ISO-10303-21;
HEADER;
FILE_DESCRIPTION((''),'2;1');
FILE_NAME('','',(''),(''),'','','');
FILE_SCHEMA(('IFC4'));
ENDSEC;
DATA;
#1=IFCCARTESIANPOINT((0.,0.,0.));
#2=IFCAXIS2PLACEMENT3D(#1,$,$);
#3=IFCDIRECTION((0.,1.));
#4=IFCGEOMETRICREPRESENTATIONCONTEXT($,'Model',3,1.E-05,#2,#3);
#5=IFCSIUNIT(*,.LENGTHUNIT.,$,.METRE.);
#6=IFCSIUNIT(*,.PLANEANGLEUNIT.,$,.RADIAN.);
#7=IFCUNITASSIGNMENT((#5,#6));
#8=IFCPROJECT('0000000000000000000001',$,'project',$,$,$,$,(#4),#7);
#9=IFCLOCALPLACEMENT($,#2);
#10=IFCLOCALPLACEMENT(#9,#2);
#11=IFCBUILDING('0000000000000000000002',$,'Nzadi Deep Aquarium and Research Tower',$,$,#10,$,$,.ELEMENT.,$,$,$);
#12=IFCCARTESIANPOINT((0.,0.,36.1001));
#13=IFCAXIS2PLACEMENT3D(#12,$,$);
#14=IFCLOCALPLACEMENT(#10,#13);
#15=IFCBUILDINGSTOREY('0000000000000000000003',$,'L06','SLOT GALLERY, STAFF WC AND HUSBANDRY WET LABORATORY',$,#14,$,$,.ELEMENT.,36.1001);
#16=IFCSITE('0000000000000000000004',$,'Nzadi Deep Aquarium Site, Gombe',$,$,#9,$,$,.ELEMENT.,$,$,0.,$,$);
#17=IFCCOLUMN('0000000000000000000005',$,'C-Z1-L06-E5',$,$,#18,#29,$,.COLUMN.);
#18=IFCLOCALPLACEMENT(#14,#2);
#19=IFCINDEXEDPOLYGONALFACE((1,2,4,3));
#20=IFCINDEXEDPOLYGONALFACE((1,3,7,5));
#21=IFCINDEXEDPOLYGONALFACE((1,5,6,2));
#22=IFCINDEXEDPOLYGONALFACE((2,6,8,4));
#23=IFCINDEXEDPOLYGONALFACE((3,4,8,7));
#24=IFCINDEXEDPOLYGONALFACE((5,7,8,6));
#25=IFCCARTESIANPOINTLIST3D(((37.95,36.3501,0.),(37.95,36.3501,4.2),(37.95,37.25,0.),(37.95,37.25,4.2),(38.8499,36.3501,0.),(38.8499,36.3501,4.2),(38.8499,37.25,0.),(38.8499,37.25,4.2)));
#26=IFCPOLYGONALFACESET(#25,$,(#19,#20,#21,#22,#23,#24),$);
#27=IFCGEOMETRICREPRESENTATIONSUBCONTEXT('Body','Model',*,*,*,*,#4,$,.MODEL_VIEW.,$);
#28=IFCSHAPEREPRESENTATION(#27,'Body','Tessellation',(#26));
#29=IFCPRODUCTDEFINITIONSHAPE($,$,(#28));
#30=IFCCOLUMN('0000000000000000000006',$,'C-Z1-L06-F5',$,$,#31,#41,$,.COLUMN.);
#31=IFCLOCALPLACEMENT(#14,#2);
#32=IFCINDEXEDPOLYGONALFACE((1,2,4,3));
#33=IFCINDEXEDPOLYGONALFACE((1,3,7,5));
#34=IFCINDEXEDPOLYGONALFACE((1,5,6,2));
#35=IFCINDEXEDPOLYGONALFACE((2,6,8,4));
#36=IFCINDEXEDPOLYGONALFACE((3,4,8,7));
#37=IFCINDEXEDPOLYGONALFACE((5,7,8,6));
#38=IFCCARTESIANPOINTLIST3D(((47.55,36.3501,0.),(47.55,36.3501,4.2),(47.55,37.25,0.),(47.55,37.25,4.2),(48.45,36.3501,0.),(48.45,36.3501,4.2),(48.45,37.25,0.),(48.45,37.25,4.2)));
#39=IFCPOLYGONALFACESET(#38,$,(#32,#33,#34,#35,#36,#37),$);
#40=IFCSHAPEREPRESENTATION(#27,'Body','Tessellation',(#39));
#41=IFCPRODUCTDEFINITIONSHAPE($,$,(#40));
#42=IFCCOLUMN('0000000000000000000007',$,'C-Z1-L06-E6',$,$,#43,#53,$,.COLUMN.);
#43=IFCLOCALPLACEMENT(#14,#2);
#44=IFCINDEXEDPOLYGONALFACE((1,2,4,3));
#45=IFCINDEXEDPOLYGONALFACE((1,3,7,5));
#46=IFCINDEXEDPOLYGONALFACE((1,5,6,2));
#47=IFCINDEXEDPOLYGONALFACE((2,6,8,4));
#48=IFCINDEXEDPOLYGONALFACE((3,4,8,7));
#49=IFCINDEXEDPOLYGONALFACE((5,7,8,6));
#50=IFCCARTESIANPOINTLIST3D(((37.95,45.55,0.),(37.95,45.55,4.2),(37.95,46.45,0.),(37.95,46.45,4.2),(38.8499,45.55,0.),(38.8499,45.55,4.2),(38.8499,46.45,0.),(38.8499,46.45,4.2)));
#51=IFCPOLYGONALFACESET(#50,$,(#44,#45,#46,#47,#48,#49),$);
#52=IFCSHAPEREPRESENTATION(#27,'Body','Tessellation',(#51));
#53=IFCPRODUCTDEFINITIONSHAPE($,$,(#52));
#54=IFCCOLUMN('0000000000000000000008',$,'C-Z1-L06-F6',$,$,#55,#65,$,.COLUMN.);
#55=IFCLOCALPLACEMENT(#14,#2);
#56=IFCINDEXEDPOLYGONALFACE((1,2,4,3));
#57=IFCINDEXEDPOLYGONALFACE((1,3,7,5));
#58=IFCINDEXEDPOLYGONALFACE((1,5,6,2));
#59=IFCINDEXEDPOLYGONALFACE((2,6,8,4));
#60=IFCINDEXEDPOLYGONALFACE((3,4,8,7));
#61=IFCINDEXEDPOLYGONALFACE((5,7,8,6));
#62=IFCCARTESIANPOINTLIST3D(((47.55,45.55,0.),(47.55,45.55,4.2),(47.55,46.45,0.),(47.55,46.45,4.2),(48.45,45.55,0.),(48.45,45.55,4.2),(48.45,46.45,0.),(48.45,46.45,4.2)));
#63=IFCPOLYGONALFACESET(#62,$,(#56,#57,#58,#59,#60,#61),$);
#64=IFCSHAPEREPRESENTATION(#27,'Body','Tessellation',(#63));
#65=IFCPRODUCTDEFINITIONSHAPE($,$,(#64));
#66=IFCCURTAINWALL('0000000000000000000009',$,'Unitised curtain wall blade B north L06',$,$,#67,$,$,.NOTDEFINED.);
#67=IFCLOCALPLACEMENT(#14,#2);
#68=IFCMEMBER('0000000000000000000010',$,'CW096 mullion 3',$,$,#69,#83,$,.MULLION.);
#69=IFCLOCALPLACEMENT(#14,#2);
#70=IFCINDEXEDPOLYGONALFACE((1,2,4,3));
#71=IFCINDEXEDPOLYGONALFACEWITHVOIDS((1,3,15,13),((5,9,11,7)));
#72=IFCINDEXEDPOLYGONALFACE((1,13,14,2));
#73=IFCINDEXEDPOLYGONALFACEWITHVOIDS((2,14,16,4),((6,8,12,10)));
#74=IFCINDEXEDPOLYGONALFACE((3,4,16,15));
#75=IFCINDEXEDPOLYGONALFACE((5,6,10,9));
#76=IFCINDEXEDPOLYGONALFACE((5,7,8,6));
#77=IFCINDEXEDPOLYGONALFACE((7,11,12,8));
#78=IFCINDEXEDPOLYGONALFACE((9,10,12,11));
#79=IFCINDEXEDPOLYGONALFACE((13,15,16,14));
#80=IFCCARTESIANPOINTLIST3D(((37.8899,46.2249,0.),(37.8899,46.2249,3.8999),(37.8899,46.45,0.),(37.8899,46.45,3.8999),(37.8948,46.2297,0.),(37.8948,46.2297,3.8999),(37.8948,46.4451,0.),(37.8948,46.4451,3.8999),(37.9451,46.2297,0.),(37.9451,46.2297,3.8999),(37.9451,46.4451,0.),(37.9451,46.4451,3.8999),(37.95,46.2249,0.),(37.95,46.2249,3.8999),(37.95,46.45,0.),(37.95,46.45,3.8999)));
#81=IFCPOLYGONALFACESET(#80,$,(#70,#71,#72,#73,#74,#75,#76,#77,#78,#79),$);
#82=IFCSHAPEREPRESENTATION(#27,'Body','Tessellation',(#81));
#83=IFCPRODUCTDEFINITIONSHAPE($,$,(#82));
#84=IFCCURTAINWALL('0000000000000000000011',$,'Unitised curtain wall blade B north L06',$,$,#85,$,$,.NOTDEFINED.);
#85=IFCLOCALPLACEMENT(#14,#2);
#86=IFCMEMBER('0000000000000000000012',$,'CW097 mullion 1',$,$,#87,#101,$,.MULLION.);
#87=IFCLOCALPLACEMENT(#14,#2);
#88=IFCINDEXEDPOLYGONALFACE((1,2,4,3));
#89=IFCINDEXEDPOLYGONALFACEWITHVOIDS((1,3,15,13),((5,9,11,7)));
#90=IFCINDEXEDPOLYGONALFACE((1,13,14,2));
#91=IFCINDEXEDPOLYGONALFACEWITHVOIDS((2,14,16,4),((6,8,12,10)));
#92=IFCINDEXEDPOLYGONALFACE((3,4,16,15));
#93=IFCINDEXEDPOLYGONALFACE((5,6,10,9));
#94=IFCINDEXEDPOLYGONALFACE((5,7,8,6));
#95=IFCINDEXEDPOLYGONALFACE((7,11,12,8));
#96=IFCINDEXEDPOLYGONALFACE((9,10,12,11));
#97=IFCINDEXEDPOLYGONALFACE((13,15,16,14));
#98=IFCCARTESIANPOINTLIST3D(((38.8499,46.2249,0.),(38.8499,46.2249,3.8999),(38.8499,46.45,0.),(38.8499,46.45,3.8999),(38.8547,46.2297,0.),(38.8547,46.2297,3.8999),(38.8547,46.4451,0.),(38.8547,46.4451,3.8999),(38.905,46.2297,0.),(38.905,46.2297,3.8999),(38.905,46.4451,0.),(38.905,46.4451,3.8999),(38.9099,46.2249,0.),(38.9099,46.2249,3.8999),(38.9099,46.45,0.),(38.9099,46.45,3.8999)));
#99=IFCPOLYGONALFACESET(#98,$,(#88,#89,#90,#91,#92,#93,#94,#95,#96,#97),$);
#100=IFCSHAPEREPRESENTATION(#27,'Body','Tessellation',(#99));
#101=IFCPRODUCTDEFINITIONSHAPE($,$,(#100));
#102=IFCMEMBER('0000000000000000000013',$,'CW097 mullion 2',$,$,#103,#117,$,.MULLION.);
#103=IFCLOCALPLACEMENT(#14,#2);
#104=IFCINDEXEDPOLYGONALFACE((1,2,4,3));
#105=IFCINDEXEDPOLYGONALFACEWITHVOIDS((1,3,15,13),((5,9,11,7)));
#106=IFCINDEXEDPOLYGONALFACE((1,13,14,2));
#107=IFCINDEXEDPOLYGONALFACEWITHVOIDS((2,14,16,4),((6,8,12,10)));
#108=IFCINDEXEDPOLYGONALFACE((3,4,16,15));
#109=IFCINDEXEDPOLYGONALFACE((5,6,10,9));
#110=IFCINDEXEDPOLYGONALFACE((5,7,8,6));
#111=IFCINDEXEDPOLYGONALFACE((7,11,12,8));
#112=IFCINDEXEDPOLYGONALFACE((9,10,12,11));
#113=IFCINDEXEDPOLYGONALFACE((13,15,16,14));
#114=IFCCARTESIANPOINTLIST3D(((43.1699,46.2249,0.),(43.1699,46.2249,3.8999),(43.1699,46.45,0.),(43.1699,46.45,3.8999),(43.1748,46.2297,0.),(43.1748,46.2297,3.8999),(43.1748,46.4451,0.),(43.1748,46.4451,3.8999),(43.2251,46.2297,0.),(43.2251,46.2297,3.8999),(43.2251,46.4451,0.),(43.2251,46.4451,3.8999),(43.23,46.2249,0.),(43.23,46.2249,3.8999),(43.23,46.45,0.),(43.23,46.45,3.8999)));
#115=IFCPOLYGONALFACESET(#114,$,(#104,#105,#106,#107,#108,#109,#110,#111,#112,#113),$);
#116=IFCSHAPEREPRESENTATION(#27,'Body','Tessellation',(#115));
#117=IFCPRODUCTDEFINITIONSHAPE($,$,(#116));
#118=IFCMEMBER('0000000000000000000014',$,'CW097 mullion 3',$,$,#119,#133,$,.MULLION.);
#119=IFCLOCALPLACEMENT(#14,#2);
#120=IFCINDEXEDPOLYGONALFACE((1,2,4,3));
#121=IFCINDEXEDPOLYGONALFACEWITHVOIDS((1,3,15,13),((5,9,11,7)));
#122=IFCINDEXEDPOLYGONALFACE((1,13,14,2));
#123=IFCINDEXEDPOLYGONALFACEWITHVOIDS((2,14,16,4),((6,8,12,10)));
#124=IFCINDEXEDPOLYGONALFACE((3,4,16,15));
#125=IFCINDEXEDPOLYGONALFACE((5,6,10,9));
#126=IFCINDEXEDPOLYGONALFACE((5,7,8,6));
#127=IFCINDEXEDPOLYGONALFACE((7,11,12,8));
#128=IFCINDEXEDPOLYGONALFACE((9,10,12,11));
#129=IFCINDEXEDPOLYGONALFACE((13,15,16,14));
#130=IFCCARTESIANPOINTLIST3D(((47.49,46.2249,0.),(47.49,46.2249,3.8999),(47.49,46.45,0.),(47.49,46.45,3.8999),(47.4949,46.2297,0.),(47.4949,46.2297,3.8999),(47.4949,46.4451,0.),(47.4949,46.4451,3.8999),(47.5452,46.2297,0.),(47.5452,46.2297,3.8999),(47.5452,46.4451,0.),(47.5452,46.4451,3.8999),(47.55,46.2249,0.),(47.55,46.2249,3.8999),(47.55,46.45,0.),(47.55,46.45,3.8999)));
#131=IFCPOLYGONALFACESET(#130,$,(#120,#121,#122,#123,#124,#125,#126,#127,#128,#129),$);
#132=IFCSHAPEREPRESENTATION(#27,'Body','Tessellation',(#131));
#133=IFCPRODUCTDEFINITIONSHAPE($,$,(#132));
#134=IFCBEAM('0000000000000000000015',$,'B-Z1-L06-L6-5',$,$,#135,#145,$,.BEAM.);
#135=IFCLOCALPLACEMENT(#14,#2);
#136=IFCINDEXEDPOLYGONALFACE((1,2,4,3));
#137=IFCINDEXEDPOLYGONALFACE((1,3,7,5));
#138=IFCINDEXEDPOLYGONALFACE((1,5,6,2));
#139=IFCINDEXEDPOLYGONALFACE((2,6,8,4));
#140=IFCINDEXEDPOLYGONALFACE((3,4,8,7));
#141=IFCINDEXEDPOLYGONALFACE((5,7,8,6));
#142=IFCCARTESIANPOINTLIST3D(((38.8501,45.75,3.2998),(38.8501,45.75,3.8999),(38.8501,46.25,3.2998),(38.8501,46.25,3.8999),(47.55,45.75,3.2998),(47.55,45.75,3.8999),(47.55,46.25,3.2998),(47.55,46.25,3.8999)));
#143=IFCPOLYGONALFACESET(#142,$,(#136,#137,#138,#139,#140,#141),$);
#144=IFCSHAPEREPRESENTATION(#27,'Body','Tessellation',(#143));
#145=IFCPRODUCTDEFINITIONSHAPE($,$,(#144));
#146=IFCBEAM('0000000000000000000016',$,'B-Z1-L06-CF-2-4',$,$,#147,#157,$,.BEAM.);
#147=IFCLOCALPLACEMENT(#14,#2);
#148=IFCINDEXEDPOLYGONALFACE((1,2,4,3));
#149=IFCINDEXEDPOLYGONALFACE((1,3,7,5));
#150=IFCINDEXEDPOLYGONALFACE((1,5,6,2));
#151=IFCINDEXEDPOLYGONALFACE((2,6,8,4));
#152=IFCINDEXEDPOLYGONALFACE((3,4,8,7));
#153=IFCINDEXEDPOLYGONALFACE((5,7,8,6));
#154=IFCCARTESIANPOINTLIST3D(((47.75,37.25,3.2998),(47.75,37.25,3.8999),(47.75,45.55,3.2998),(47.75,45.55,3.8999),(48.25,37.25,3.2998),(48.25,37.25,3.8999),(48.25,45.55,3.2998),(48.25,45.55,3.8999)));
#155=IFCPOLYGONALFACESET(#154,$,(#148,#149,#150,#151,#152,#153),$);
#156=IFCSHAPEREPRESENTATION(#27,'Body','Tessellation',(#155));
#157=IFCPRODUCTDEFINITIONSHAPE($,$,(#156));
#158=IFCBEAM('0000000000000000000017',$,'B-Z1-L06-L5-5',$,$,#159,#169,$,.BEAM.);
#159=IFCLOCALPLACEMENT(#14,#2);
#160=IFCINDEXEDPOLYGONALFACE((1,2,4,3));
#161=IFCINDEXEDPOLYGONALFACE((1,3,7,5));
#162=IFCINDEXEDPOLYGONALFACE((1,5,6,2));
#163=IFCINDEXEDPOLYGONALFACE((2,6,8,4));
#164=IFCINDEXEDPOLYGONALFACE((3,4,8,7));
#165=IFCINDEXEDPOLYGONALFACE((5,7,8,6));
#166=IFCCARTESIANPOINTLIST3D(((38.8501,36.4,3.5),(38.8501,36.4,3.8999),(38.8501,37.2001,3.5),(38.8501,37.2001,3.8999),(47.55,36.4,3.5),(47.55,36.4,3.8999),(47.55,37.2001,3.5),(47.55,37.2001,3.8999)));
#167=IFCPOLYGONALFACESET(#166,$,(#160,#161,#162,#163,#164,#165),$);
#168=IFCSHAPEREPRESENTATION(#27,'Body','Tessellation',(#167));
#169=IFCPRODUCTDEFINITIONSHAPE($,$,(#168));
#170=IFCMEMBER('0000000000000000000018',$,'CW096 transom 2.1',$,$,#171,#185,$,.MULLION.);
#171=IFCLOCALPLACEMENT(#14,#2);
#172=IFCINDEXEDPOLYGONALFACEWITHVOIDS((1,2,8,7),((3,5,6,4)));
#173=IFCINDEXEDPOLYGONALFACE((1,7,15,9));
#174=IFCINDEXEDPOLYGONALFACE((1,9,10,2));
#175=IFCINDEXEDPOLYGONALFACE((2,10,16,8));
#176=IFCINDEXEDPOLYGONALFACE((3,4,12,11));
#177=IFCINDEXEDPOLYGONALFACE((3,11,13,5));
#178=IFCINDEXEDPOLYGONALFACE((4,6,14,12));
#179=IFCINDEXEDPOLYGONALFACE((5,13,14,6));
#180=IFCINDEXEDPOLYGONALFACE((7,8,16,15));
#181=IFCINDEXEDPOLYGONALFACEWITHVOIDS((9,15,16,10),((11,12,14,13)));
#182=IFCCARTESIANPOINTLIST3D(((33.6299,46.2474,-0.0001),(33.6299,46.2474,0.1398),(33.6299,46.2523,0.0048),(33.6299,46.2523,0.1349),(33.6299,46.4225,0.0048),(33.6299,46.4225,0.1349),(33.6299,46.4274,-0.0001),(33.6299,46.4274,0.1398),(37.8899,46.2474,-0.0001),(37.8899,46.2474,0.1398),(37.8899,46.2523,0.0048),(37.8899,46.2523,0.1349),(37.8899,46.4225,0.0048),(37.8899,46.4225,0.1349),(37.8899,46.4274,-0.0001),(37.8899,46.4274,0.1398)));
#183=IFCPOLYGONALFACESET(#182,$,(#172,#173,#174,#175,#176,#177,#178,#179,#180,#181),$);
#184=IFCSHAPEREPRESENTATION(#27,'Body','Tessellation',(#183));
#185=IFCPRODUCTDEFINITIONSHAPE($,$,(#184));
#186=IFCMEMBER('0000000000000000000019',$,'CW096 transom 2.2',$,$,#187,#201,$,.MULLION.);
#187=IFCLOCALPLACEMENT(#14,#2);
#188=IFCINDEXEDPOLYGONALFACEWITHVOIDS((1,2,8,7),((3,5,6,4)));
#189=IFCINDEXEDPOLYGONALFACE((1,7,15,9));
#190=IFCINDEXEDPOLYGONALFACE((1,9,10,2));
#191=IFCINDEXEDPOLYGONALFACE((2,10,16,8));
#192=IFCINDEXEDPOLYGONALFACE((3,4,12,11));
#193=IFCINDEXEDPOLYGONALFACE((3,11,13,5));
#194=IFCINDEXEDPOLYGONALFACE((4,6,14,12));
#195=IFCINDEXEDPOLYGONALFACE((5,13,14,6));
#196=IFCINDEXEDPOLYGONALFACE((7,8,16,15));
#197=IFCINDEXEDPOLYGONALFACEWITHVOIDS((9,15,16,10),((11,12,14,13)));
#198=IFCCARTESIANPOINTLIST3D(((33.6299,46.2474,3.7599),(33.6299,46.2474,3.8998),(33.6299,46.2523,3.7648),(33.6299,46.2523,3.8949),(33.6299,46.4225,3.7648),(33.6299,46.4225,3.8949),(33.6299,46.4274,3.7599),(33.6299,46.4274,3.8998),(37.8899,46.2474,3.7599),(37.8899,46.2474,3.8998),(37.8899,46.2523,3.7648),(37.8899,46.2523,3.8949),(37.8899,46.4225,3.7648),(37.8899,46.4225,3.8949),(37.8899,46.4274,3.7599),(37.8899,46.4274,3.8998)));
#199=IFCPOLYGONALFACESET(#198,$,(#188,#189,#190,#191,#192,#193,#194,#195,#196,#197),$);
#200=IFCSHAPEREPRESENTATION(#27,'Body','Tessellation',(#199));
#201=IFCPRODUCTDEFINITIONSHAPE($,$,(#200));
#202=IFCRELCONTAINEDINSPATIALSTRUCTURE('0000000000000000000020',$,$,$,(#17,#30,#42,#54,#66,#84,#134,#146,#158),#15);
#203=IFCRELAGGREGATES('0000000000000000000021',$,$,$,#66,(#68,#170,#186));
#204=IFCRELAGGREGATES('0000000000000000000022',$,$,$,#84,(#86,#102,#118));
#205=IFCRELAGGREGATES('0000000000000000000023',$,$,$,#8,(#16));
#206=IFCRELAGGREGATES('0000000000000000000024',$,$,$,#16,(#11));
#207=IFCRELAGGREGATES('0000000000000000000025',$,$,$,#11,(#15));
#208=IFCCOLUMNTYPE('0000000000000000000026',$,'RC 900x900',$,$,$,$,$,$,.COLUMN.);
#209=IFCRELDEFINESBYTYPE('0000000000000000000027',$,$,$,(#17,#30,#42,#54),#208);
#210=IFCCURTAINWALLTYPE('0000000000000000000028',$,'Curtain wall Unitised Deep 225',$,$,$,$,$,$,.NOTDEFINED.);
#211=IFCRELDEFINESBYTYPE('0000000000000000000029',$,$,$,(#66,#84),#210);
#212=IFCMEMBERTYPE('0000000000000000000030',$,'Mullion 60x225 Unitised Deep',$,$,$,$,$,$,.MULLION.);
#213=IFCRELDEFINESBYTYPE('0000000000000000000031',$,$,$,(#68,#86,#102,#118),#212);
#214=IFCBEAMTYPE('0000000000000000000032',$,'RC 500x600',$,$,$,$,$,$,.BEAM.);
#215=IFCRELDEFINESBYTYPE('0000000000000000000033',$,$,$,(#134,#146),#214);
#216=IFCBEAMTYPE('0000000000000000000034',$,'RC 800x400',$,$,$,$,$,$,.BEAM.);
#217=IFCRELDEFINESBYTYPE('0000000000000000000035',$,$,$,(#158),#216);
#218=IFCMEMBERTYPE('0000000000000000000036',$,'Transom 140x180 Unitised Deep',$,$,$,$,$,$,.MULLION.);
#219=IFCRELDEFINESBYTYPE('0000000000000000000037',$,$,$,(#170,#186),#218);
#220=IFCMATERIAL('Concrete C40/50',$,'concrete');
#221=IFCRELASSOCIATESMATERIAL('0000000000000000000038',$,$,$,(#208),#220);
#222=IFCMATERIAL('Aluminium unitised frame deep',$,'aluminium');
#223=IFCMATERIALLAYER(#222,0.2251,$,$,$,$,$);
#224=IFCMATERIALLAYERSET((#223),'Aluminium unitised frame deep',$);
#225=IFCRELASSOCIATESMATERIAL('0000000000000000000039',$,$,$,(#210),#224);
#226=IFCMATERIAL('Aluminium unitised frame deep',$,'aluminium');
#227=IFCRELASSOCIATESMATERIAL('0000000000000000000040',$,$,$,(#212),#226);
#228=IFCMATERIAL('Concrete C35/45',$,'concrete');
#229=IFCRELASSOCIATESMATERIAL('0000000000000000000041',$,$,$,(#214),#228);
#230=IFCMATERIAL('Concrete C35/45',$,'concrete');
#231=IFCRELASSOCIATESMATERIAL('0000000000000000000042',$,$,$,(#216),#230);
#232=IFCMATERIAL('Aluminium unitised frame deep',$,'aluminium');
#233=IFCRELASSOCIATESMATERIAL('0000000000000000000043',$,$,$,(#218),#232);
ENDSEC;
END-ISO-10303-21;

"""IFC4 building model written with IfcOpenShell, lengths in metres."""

from ifc_helpers import new_model, si_unit, direction, frame, origin, origin_2d, place, context, subcontext, project, spatial, rectangle, hollow_rectangle, extrude, material, layer, layer_set, material_profile, profile_set, type_object, element, aggregate, save


model = new_model("IFC4")

# Units and contexts
model_context = context("Model", 3, precision=1e-05, world=origin(), true_north=direction((0.0, 1.0)))
body_context = subcontext(model_context, "Body", "Model", "MODEL_VIEW")
ifc_project = project(units=[si_unit("LENGTHUNIT", "METRE"), si_unit("PLANEANGLEUNIT", "RADIAN")], contexts=[model_context])

# Site, building, storey
site_placement = place(None, origin())
site = spatial("IfcSite", under=ifc_project, at=site_placement, Name="Nzadi Deep Aquarium Site, Gombe", CompositionType="ELEMENT", RefElevation=0.0)
building_placement = place(site_placement, origin())
building = spatial("IfcBuilding", under=site, at=building_placement, Name="Nzadi Deep Aquarium and Research Tower", CompositionType="ELEMENT")
storey_placement = place(building_placement, frame((0.0, 0.0, 36.1001)))
storey = spatial("IfcBuildingStorey", under=building, at=storey_placement, Name="L06", Description="SLOT GALLERY, STAFF WC AND HUSBANDRY WET LABORATORY", CompositionType="ELEMENT", Elevation=36.1001)

# Columns
ifc_material_1 = material(Name="Concrete C40/50", Category="concrete")
ifc_material_profile_1 = material_profile(ifc_material_1, rectangle(XDim=0.8999, YDim=0.8999, at=origin_2d()))
ifc_profile_set_1 = profile_set([ifc_material_profile_1], Name="Concrete C40/50")
column_type = type_object("IfcColumnType", Name="RC 900x900", PredefinedType="COLUMN", material=ifc_profile_set_1)
for number, where, z_axis, x_axis, name in (
    (1, (38.3999, 36.8, 0.0), (0.0, 0.0, 1.0), (1.0, 0.0, 0.0), "C-Z1-L06-E5"),
    (2, (48.0, 36.8, 0.0), (0.0, 0.0, 1.0), (1.0, 0.0, 0.0), "C-Z1-L06-F5"),
    (3, (38.3999, 46.0, 0.0), (0.0, 0.0, 1.0), (1.0, 0.0, 0.0), "C-Z1-L06-E6"),
    (4, (48.0, 46.0, 0.0), (0.0, 0.0, 1.0), (1.0, 0.0, 0.0), "C-Z1-L06-F6"),
):
    element("IfcColumn", number, at=place(storey_placement, frame(where, z_axis=z_axis, x_axis=x_axis)), inside=storey, type_object=column_type, Name=name, PredefinedType="COLUMN", context=body_context, shape_type="SweptSolid", body=[
        extrude(rectangle(XDim=0.8999, YDim=0.8999, at=origin_2d()), origin(), (0.0, 0.0, 1.0), 4.2),
    ])

# Curtain wall, member
ifc_material_2 = material(Name="Aluminium unitised frame deep", Category="aluminium")
ifc_layer_1 = layer(ifc_material_2, 0.2251)
ifc_layer_set_1 = layer_set([ifc_layer_1], Name="Aluminium unitised frame deep")
curtain_wall_type = type_object("IfcCurtainWallType", Name="Curtain wall Unitised Deep 225", PredefinedType="NOTDEFINED", material=ifc_layer_set_1)
curtain_wall_1_placement = place(storey_placement, origin())
curtain_wall_1 = element("IfcCurtainWall", 5, at=curtain_wall_1_placement, inside=storey, type_object=curtain_wall_type, Name="Unitised curtain wall blade B north L06", PredefinedType="NOTDEFINED")
ifc_material_3 = material(Name="Aluminium unitised frame deep", Category="aluminium")
ifc_material_profile_2 = material_profile(ifc_material_3, hollow_rectangle(XDim=0.2251, YDim=0.0601, WallThickness=0.0049, at=origin_2d()))
ifc_profile_set_2 = profile_set([ifc_material_profile_2], Name="Aluminium unitised frame deep")
member_type_1 = type_object("IfcMemberType", Name="Mullion 60x225 Unitised Deep", PredefinedType="MULLION", material=ifc_profile_set_2)
member_1_placement = place(storey_placement, frame((37.9199, 46.3374, 0.0), z_axis=(0.0, 0.0, 1.0), x_axis=(0.0, 1.0, 0.0)))
member_1 = element("IfcMember", 6, at=member_1_placement, type_object=member_type_1, Name="CW096 mullion 3", PredefinedType="MULLION", context=body_context, shape_type="SweptSolid", body=[
    extrude(hollow_rectangle(XDim=0.2251, YDim=0.0601, WallThickness=0.0049, at=origin_2d()), origin(), (0.0, 0.0, 1.0), 3.8999),
])

# Curtain wall, members
curtain_wall_2_placement = place(storey_placement, origin())
curtain_wall_2 = element("IfcCurtainWall", 7, at=curtain_wall_2_placement, inside=storey, type_object=curtain_wall_type, Name="Unitised curtain wall blade B north L06", PredefinedType="NOTDEFINED")
member_2_placement = place(storey_placement, frame((38.8799, 46.3374, 0.0), z_axis=(0.0, 0.0, 1.0), x_axis=(0.0, 1.0, 0.0)))
member_2 = element("IfcMember", 8, at=member_2_placement, type_object=member_type_1, Name="CW097 mullion 1", PredefinedType="MULLION", context=body_context, shape_type="SweptSolid", body=[
    extrude(hollow_rectangle(XDim=0.2251, YDim=0.0601, WallThickness=0.0049, at=origin_2d()), origin(), (0.0, 0.0, 1.0), 3.8999),
])
member_3_placement = place(storey_placement, frame((43.2, 46.3374, 0.0), z_axis=(0.0, 0.0, 1.0), x_axis=(0.0, 1.0, 0.0)))
member_3 = element("IfcMember", 9, at=member_3_placement, type_object=member_type_1, Name="CW097 mullion 2", PredefinedType="MULLION", context=body_context, shape_type="SweptSolid", body=[
    extrude(hollow_rectangle(XDim=0.2251, YDim=0.0601, WallThickness=0.0049, at=origin_2d()), origin(), (0.0, 0.0, 1.0), 3.8999),
])
member_4_placement = place(storey_placement, frame((47.52, 46.3374, 0.0), z_axis=(0.0, 0.0, 1.0), x_axis=(0.0, 1.0, 0.0)))
member_4 = element("IfcMember", 10, at=member_4_placement, type_object=member_type_1, Name="CW097 mullion 3", PredefinedType="MULLION", context=body_context, shape_type="SweptSolid", body=[
    extrude(hollow_rectangle(XDim=0.2251, YDim=0.0601, WallThickness=0.0049, at=origin_2d()), origin(), (0.0, 0.0, 1.0), 3.8999),
])

# Beams
ifc_material_4 = material(Name="Concrete C35/45", Category="concrete")
ifc_material_profile_3 = material_profile(ifc_material_4, rectangle(XDim=0.5, YDim=0.6001, at=origin_2d()))
ifc_profile_set_3 = profile_set([ifc_material_profile_3], Name="Concrete C35/45")
beam_type_1 = type_object("IfcBeamType", Name="RC 500x600", PredefinedType="BEAM", material=ifc_profile_set_3)
beam_1_placement = place(storey_placement, frame((38.8501, 46.0, 3.5999), z_axis=(1.0, 0.0, 0.0), x_axis=(0.0, 1.0, 0.0)))
element("IfcBeam", 11, at=beam_1_placement, inside=storey, type_object=beam_type_1, Name="B-Z1-L06-L6-5", PredefinedType="BEAM", context=body_context, shape_type="SweptSolid", body=[
    extrude(rectangle(XDim=0.5, YDim=0.6001, at=origin_2d()), origin(), (0.0, 0.0, 1.0), 8.7),
])
beam_2_placement = place(storey_placement, frame((48.0, 37.25, 3.5999), z_axis=(0.0, 1.0, 0.0), x_axis=(-1.0, 0.0, 0.0)))
element("IfcBeam", 12, at=beam_2_placement, inside=storey, type_object=beam_type_1, Name="B-Z1-L06-CF-2-4", PredefinedType="BEAM", context=body_context, shape_type="SweptSolid", body=[
    extrude(rectangle(XDim=0.5, YDim=0.6001, at=origin_2d()), origin(), (0.0, 0.0, 1.0), 8.3),
])
ifc_material_5 = material(Name="Concrete C35/45", Category="concrete")
ifc_material_profile_4 = material_profile(ifc_material_5, rectangle(XDim=0.8, YDim=0.3999, at=origin_2d()))
ifc_profile_set_4 = profile_set([ifc_material_profile_4], Name="Concrete C35/45")
beam_type_2 = type_object("IfcBeamType", Name="RC 800x400", PredefinedType="BEAM", material=ifc_profile_set_4)
beam_3_placement = place(storey_placement, frame((38.8501, 36.8, 3.7), z_axis=(1.0, 0.0, 0.0), x_axis=(0.0, 1.0, 0.0)))
element("IfcBeam", 13, at=beam_3_placement, inside=storey, type_object=beam_type_2, Name="B-Z1-L06-L5-5", PredefinedType="BEAM", context=body_context, shape_type="SweptSolid", body=[
    extrude(rectangle(XDim=0.8, YDim=0.3999, at=origin_2d()), origin(), (0.0, 0.0, 1.0), 8.7),
])

# Members
ifc_material_6 = material(Name="Aluminium unitised frame deep", Category="aluminium")
ifc_material_profile_5 = material_profile(ifc_material_6, hollow_rectangle(XDim=0.1799, YDim=0.1399, WallThickness=0.0049, at=origin_2d()))
ifc_profile_set_5 = profile_set([ifc_material_profile_5], Name="Aluminium unitised frame deep")
member_type_2 = type_object("IfcMemberType", Name="Transom 140x180 Unitised Deep", PredefinedType="MULLION", material=ifc_profile_set_5)
member_5_placement = place(storey_placement, frame((33.6299, 46.3374, 0.0698), z_axis=(1.0, 0.0, 0.0), x_axis=(0.0, 1.0, 0.0)))
member_5 = element("IfcMember", 14, at=member_5_placement, type_object=member_type_2, Name="CW096 transom 2.1", PredefinedType="MULLION", context=body_context, shape_type="SweptSolid", body=[
    extrude(hollow_rectangle(XDim=0.1799, YDim=0.1399, WallThickness=0.0049, at=origin_2d()), origin(), (0.0, 0.0, 1.0), 4.26),
])
member_6_placement = place(storey_placement, frame((33.6299, 46.3374, 3.8298), z_axis=(1.0, 0.0, 0.0), x_axis=(0.0, 1.0, 0.0)))
member_6 = element("IfcMember", 15, at=member_6_placement, type_object=member_type_2, Name="CW096 transom 2.2", PredefinedType="MULLION", context=body_context, shape_type="SweptSolid", body=[
    extrude(hollow_rectangle(XDim=0.1799, YDim=0.1399, WallThickness=0.0049, at=origin_2d()), origin(), (0.0, 0.0, 1.0), 4.26),
])

aggregate(curtain_wall_1, [member_1, member_5, member_6])
aggregate(curtain_wall_2, [member_2, member_3, member_4])

save(model, "model.ifc")
